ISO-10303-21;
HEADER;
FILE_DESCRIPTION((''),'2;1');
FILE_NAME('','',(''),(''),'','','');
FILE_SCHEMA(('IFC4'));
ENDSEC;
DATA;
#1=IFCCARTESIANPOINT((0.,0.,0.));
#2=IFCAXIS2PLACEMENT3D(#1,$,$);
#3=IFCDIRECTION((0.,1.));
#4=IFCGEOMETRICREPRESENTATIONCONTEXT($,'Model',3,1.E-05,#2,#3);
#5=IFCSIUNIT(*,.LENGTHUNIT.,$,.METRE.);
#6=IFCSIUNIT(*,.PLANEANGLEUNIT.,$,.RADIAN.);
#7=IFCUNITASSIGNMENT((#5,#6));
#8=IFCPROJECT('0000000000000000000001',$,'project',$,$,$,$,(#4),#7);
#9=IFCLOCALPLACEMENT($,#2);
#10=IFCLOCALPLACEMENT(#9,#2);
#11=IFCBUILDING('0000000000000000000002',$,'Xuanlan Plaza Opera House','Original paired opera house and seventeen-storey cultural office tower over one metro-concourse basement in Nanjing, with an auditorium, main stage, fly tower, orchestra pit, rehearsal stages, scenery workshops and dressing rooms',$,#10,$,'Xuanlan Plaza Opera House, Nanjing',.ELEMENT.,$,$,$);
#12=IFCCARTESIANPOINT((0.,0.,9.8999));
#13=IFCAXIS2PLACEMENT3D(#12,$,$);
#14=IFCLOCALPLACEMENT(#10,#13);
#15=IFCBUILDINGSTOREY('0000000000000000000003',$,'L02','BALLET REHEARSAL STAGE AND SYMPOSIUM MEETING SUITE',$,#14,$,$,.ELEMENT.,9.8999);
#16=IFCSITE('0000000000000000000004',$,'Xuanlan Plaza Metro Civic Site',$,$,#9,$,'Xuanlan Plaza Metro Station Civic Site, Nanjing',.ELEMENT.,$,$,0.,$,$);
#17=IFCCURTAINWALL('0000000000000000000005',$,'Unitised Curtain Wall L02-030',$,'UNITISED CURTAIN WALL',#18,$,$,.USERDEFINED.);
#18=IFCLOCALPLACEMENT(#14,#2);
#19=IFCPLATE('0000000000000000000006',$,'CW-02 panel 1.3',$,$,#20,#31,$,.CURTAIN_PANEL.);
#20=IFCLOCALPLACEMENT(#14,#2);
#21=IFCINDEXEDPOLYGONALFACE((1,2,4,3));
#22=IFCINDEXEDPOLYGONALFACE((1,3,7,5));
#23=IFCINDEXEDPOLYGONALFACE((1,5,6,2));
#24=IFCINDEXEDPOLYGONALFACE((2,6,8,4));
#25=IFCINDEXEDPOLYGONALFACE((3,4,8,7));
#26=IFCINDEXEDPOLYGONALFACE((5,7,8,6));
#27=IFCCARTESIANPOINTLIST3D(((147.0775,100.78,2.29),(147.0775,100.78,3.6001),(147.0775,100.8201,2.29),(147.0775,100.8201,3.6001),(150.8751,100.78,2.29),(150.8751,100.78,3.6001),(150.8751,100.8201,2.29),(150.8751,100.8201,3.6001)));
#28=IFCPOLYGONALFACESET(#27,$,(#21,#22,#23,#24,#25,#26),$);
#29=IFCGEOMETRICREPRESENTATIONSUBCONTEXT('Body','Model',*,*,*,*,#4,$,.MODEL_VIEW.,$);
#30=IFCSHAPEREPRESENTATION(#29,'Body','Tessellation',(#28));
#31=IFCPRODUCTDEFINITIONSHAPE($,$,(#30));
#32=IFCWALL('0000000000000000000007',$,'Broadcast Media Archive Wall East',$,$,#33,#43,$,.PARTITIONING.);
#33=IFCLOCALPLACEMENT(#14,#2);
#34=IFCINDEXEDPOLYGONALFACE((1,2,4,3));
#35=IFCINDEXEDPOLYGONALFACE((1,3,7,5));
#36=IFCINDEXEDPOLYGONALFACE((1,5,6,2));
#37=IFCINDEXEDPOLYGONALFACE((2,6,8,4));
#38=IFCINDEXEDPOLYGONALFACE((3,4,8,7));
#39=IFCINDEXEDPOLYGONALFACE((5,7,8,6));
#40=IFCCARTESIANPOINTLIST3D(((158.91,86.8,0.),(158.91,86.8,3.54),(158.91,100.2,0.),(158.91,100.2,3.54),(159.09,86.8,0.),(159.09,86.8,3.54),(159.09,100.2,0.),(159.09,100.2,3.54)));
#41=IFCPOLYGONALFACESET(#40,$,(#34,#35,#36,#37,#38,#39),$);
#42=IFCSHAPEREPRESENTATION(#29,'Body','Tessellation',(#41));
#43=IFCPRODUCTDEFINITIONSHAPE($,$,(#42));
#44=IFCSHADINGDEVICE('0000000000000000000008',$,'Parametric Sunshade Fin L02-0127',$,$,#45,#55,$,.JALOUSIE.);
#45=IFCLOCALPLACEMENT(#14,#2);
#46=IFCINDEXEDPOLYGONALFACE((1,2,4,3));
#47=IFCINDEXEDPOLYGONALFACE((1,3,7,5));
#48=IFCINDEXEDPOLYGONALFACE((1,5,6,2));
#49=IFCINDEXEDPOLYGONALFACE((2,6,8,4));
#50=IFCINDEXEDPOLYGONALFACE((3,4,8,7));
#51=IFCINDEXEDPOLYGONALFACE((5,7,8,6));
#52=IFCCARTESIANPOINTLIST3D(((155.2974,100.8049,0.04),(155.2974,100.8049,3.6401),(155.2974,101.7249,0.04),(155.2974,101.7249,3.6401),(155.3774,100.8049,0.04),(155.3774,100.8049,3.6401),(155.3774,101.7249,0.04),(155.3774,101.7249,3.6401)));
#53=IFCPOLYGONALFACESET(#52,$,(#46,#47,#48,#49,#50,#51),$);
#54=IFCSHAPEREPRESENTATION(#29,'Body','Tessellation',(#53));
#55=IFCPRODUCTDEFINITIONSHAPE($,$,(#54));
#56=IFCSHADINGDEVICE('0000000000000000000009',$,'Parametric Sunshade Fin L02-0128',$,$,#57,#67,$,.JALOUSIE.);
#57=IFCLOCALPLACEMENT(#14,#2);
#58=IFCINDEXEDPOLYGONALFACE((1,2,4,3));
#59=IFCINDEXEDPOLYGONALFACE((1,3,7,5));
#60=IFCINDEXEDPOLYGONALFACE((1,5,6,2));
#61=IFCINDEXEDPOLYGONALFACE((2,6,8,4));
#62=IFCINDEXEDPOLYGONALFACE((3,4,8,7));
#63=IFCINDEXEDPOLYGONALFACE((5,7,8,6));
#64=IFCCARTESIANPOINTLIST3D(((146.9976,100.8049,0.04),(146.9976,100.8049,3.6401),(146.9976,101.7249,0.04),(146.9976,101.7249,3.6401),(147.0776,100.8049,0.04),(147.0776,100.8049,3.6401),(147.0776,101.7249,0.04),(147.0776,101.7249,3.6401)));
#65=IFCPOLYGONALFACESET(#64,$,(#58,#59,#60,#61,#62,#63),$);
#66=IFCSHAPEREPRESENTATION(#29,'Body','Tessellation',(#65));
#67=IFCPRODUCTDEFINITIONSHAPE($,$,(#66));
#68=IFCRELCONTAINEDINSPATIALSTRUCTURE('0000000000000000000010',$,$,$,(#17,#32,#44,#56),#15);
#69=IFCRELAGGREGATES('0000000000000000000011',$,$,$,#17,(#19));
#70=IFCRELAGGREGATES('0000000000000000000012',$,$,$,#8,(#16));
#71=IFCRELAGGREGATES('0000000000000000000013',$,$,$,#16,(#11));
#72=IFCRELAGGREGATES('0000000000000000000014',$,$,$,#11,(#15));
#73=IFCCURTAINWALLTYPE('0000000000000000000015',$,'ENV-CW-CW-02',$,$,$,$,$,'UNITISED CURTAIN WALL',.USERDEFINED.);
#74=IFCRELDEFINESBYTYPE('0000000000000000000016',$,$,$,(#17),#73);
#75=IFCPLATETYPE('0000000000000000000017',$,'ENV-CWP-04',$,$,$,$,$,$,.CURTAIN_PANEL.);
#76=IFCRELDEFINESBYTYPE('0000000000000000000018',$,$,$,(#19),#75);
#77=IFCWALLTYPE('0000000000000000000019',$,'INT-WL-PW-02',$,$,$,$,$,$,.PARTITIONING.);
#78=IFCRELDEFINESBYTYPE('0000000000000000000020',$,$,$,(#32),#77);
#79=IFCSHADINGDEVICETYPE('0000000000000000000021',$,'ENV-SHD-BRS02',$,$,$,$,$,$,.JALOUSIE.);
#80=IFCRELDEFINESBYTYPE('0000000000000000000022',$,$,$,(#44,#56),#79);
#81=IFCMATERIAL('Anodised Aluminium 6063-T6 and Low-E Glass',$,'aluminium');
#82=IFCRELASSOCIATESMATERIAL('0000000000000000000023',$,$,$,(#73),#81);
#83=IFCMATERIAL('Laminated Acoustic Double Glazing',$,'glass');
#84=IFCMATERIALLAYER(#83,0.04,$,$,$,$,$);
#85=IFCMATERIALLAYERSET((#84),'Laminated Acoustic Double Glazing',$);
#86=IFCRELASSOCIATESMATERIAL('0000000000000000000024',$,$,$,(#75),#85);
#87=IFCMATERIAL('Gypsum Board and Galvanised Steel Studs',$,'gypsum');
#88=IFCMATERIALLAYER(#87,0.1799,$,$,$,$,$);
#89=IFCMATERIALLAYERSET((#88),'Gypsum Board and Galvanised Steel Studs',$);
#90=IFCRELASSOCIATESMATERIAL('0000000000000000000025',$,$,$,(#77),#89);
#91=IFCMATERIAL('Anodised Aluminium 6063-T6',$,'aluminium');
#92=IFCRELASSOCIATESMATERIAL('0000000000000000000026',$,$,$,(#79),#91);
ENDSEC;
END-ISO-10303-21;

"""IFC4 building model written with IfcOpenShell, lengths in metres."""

from ifc_helpers import new_model, si_unit, direction, frame, frame_2d, origin, origin_2d, place, context, subcontext, project, spatial, rectangle, extrude, material, layer, layer_set, type_object, element, aggregate, save


model = new_model("IFC4")

# Units and contexts
model_context = context("Model", 3, precision=1e-05, world=origin(), true_north=direction((0.0, 1.0)))
body_context = subcontext(model_context, "Body", "Model", "MODEL_VIEW")
ifc_project = project(units=[si_unit("LENGTHUNIT", "METRE"), si_unit("PLANEANGLEUNIT", "RADIAN")], contexts=[model_context])

# Site, building, storey
site_placement = place(None, origin())
site = spatial("IfcSite", under=ifc_project, at=site_placement, Name="Xuanlan Plaza Metro Civic Site", LongName="Xuanlan Plaza Metro Station Civic Site, Nanjing", CompositionType="ELEMENT", RefElevation=0.0)
building_placement = place(site_placement, origin())
building = spatial("IfcBuilding", under=site, at=building_placement, Name="Xuanlan Plaza Opera House", Description="Original paired opera house and seventeen-storey cultural office tower over one metro-concourse basement in Nanjing, with an auditorium, main stage, fly tower, orchestra pit, rehearsal stages, scenery workshops and dressing rooms", LongName="Xuanlan Plaza Opera House, Nanjing", CompositionType="ELEMENT")
storey_placement = place(building_placement, frame((0.0, 0.0, 9.8999)))
storey = spatial("IfcBuildingStorey", under=building, at=storey_placement, Name="L02", Description="BALLET REHEARSAL STAGE AND SYMPOSIUM MEETING SUITE", CompositionType="ELEMENT", Elevation=9.8999)

# Shared definitions
ifc_material_1 = material(Name="Anodised Aluminium 6063-T6 and Low-E Glass", Category="aluminium")
ifc_material_2 = material(Name="Anodised Aluminium 6063-T6", Category="aluminium")

# Curtain wall
curtain_wall_type_1 = type_object("IfcCurtainWallType", Name="ENV-CW-CW-02", ElementType="UNITISED CURTAIN WALL", PredefinedType="USERDEFINED", material=ifc_material_1)
curtain_wall_1_placement = place(storey_placement, origin())
curtain_wall_1 = element("IfcCurtainWall", 1, at=curtain_wall_1_placement, inside=storey, type_object=curtain_wall_type_1, Name="Unitised Curtain Wall L02-030", ObjectType="UNITISED CURTAIN WALL", PredefinedType="USERDEFINED")

# Plate
ifc_material_3 = material(Name="Laminated Acoustic Double Glazing", Category="glass")
ifc_layer_1 = layer(ifc_material_3, 0.04)
ifc_layer_set_1 = layer_set([ifc_layer_1], Name="Laminated Acoustic Double Glazing")
plate_type_1 = type_object("IfcPlateType", Name="ENV-CWP-04", PredefinedType="CURTAIN_PANEL", material=ifc_layer_set_1)
plate_1_placement = place(storey_placement, frame((148.9763, 100.8, 2.29), z_axis=(0.0, 0.0, 1.0), x_axis=(-1.0, 0.0, 0.0)))
plate_1 = element("IfcPlate", 2, at=plate_1_placement, type_object=plate_type_1, Name="CW-02 panel 1.3", PredefinedType="CURTAIN_PANEL", context=body_context, shape_type="SweptSolid", body=[
    extrude(rectangle(XDim=3.7976, YDim=0.04, at=origin_2d()), origin(), (0.0, 0.0, 1.0), 1.3101),
])
aggregate(curtain_wall_1, [plate_1])

# Wall
ifc_material_4 = material(Name="Gypsum Board and Galvanised Steel Studs", Category="gypsum")
ifc_layer_2 = layer(ifc_material_4, 0.1799)
ifc_layer_set_2 = layer_set([ifc_layer_2], Name="Gypsum Board and Galvanised Steel Studs")
wall_type = type_object("IfcWallType", Name="INT-WL-PW-02", PredefinedType="PARTITIONING", material=ifc_layer_set_2)
wall_placement = place(storey_placement, frame((159.0, 86.8, 0.0), z_axis=(0.0, 0.0, 1.0), x_axis=(0.0, 1.0, 0.0)))
element("IfcWall", 3, at=wall_placement, inside=storey, type_object=wall_type, Name="Broadcast Media Archive Wall East", PredefinedType="PARTITIONING", context=body_context, shape_type="SweptSolid", body=[
    extrude(rectangle(XDim=13.3999, YDim=0.1799, at=frame_2d((6.7, 0.0))), origin(), (0.0, 0.0, 1.0), 3.54),
])

# Shading devices
shading_device_type = type_object("IfcShadingDeviceType", Name="ENV-SHD-BRS02", PredefinedType="JALOUSIE", material=ifc_material_2)
for number, where, z_axis, x_axis, name in (
    (4, (155.3374, 101.2649, 0.04), (0.0, 0.0, 1.0), (0.0, 1.0, 0.0), "Parametric Sunshade Fin L02-0127"),
    (5, (147.0376, 101.2649, 0.04), (0.0, 0.0, 1.0), (0.0, 1.0, 0.0), "Parametric Sunshade Fin L02-0128"),
):
    element("IfcShadingDevice", number, at=place(storey_placement, frame(where, z_axis=z_axis, x_axis=x_axis)), inside=storey, type_object=shading_device_type, Name=name, PredefinedType="JALOUSIE", context=body_context, shape_type="SweptSolid", body=[
        extrude(rectangle(XDim=0.9199, YDim=0.0801, at=origin_2d()), origin(), (0.0, 0.0, 1.0), 3.6001),
    ])

save(model, "model.ifc")
